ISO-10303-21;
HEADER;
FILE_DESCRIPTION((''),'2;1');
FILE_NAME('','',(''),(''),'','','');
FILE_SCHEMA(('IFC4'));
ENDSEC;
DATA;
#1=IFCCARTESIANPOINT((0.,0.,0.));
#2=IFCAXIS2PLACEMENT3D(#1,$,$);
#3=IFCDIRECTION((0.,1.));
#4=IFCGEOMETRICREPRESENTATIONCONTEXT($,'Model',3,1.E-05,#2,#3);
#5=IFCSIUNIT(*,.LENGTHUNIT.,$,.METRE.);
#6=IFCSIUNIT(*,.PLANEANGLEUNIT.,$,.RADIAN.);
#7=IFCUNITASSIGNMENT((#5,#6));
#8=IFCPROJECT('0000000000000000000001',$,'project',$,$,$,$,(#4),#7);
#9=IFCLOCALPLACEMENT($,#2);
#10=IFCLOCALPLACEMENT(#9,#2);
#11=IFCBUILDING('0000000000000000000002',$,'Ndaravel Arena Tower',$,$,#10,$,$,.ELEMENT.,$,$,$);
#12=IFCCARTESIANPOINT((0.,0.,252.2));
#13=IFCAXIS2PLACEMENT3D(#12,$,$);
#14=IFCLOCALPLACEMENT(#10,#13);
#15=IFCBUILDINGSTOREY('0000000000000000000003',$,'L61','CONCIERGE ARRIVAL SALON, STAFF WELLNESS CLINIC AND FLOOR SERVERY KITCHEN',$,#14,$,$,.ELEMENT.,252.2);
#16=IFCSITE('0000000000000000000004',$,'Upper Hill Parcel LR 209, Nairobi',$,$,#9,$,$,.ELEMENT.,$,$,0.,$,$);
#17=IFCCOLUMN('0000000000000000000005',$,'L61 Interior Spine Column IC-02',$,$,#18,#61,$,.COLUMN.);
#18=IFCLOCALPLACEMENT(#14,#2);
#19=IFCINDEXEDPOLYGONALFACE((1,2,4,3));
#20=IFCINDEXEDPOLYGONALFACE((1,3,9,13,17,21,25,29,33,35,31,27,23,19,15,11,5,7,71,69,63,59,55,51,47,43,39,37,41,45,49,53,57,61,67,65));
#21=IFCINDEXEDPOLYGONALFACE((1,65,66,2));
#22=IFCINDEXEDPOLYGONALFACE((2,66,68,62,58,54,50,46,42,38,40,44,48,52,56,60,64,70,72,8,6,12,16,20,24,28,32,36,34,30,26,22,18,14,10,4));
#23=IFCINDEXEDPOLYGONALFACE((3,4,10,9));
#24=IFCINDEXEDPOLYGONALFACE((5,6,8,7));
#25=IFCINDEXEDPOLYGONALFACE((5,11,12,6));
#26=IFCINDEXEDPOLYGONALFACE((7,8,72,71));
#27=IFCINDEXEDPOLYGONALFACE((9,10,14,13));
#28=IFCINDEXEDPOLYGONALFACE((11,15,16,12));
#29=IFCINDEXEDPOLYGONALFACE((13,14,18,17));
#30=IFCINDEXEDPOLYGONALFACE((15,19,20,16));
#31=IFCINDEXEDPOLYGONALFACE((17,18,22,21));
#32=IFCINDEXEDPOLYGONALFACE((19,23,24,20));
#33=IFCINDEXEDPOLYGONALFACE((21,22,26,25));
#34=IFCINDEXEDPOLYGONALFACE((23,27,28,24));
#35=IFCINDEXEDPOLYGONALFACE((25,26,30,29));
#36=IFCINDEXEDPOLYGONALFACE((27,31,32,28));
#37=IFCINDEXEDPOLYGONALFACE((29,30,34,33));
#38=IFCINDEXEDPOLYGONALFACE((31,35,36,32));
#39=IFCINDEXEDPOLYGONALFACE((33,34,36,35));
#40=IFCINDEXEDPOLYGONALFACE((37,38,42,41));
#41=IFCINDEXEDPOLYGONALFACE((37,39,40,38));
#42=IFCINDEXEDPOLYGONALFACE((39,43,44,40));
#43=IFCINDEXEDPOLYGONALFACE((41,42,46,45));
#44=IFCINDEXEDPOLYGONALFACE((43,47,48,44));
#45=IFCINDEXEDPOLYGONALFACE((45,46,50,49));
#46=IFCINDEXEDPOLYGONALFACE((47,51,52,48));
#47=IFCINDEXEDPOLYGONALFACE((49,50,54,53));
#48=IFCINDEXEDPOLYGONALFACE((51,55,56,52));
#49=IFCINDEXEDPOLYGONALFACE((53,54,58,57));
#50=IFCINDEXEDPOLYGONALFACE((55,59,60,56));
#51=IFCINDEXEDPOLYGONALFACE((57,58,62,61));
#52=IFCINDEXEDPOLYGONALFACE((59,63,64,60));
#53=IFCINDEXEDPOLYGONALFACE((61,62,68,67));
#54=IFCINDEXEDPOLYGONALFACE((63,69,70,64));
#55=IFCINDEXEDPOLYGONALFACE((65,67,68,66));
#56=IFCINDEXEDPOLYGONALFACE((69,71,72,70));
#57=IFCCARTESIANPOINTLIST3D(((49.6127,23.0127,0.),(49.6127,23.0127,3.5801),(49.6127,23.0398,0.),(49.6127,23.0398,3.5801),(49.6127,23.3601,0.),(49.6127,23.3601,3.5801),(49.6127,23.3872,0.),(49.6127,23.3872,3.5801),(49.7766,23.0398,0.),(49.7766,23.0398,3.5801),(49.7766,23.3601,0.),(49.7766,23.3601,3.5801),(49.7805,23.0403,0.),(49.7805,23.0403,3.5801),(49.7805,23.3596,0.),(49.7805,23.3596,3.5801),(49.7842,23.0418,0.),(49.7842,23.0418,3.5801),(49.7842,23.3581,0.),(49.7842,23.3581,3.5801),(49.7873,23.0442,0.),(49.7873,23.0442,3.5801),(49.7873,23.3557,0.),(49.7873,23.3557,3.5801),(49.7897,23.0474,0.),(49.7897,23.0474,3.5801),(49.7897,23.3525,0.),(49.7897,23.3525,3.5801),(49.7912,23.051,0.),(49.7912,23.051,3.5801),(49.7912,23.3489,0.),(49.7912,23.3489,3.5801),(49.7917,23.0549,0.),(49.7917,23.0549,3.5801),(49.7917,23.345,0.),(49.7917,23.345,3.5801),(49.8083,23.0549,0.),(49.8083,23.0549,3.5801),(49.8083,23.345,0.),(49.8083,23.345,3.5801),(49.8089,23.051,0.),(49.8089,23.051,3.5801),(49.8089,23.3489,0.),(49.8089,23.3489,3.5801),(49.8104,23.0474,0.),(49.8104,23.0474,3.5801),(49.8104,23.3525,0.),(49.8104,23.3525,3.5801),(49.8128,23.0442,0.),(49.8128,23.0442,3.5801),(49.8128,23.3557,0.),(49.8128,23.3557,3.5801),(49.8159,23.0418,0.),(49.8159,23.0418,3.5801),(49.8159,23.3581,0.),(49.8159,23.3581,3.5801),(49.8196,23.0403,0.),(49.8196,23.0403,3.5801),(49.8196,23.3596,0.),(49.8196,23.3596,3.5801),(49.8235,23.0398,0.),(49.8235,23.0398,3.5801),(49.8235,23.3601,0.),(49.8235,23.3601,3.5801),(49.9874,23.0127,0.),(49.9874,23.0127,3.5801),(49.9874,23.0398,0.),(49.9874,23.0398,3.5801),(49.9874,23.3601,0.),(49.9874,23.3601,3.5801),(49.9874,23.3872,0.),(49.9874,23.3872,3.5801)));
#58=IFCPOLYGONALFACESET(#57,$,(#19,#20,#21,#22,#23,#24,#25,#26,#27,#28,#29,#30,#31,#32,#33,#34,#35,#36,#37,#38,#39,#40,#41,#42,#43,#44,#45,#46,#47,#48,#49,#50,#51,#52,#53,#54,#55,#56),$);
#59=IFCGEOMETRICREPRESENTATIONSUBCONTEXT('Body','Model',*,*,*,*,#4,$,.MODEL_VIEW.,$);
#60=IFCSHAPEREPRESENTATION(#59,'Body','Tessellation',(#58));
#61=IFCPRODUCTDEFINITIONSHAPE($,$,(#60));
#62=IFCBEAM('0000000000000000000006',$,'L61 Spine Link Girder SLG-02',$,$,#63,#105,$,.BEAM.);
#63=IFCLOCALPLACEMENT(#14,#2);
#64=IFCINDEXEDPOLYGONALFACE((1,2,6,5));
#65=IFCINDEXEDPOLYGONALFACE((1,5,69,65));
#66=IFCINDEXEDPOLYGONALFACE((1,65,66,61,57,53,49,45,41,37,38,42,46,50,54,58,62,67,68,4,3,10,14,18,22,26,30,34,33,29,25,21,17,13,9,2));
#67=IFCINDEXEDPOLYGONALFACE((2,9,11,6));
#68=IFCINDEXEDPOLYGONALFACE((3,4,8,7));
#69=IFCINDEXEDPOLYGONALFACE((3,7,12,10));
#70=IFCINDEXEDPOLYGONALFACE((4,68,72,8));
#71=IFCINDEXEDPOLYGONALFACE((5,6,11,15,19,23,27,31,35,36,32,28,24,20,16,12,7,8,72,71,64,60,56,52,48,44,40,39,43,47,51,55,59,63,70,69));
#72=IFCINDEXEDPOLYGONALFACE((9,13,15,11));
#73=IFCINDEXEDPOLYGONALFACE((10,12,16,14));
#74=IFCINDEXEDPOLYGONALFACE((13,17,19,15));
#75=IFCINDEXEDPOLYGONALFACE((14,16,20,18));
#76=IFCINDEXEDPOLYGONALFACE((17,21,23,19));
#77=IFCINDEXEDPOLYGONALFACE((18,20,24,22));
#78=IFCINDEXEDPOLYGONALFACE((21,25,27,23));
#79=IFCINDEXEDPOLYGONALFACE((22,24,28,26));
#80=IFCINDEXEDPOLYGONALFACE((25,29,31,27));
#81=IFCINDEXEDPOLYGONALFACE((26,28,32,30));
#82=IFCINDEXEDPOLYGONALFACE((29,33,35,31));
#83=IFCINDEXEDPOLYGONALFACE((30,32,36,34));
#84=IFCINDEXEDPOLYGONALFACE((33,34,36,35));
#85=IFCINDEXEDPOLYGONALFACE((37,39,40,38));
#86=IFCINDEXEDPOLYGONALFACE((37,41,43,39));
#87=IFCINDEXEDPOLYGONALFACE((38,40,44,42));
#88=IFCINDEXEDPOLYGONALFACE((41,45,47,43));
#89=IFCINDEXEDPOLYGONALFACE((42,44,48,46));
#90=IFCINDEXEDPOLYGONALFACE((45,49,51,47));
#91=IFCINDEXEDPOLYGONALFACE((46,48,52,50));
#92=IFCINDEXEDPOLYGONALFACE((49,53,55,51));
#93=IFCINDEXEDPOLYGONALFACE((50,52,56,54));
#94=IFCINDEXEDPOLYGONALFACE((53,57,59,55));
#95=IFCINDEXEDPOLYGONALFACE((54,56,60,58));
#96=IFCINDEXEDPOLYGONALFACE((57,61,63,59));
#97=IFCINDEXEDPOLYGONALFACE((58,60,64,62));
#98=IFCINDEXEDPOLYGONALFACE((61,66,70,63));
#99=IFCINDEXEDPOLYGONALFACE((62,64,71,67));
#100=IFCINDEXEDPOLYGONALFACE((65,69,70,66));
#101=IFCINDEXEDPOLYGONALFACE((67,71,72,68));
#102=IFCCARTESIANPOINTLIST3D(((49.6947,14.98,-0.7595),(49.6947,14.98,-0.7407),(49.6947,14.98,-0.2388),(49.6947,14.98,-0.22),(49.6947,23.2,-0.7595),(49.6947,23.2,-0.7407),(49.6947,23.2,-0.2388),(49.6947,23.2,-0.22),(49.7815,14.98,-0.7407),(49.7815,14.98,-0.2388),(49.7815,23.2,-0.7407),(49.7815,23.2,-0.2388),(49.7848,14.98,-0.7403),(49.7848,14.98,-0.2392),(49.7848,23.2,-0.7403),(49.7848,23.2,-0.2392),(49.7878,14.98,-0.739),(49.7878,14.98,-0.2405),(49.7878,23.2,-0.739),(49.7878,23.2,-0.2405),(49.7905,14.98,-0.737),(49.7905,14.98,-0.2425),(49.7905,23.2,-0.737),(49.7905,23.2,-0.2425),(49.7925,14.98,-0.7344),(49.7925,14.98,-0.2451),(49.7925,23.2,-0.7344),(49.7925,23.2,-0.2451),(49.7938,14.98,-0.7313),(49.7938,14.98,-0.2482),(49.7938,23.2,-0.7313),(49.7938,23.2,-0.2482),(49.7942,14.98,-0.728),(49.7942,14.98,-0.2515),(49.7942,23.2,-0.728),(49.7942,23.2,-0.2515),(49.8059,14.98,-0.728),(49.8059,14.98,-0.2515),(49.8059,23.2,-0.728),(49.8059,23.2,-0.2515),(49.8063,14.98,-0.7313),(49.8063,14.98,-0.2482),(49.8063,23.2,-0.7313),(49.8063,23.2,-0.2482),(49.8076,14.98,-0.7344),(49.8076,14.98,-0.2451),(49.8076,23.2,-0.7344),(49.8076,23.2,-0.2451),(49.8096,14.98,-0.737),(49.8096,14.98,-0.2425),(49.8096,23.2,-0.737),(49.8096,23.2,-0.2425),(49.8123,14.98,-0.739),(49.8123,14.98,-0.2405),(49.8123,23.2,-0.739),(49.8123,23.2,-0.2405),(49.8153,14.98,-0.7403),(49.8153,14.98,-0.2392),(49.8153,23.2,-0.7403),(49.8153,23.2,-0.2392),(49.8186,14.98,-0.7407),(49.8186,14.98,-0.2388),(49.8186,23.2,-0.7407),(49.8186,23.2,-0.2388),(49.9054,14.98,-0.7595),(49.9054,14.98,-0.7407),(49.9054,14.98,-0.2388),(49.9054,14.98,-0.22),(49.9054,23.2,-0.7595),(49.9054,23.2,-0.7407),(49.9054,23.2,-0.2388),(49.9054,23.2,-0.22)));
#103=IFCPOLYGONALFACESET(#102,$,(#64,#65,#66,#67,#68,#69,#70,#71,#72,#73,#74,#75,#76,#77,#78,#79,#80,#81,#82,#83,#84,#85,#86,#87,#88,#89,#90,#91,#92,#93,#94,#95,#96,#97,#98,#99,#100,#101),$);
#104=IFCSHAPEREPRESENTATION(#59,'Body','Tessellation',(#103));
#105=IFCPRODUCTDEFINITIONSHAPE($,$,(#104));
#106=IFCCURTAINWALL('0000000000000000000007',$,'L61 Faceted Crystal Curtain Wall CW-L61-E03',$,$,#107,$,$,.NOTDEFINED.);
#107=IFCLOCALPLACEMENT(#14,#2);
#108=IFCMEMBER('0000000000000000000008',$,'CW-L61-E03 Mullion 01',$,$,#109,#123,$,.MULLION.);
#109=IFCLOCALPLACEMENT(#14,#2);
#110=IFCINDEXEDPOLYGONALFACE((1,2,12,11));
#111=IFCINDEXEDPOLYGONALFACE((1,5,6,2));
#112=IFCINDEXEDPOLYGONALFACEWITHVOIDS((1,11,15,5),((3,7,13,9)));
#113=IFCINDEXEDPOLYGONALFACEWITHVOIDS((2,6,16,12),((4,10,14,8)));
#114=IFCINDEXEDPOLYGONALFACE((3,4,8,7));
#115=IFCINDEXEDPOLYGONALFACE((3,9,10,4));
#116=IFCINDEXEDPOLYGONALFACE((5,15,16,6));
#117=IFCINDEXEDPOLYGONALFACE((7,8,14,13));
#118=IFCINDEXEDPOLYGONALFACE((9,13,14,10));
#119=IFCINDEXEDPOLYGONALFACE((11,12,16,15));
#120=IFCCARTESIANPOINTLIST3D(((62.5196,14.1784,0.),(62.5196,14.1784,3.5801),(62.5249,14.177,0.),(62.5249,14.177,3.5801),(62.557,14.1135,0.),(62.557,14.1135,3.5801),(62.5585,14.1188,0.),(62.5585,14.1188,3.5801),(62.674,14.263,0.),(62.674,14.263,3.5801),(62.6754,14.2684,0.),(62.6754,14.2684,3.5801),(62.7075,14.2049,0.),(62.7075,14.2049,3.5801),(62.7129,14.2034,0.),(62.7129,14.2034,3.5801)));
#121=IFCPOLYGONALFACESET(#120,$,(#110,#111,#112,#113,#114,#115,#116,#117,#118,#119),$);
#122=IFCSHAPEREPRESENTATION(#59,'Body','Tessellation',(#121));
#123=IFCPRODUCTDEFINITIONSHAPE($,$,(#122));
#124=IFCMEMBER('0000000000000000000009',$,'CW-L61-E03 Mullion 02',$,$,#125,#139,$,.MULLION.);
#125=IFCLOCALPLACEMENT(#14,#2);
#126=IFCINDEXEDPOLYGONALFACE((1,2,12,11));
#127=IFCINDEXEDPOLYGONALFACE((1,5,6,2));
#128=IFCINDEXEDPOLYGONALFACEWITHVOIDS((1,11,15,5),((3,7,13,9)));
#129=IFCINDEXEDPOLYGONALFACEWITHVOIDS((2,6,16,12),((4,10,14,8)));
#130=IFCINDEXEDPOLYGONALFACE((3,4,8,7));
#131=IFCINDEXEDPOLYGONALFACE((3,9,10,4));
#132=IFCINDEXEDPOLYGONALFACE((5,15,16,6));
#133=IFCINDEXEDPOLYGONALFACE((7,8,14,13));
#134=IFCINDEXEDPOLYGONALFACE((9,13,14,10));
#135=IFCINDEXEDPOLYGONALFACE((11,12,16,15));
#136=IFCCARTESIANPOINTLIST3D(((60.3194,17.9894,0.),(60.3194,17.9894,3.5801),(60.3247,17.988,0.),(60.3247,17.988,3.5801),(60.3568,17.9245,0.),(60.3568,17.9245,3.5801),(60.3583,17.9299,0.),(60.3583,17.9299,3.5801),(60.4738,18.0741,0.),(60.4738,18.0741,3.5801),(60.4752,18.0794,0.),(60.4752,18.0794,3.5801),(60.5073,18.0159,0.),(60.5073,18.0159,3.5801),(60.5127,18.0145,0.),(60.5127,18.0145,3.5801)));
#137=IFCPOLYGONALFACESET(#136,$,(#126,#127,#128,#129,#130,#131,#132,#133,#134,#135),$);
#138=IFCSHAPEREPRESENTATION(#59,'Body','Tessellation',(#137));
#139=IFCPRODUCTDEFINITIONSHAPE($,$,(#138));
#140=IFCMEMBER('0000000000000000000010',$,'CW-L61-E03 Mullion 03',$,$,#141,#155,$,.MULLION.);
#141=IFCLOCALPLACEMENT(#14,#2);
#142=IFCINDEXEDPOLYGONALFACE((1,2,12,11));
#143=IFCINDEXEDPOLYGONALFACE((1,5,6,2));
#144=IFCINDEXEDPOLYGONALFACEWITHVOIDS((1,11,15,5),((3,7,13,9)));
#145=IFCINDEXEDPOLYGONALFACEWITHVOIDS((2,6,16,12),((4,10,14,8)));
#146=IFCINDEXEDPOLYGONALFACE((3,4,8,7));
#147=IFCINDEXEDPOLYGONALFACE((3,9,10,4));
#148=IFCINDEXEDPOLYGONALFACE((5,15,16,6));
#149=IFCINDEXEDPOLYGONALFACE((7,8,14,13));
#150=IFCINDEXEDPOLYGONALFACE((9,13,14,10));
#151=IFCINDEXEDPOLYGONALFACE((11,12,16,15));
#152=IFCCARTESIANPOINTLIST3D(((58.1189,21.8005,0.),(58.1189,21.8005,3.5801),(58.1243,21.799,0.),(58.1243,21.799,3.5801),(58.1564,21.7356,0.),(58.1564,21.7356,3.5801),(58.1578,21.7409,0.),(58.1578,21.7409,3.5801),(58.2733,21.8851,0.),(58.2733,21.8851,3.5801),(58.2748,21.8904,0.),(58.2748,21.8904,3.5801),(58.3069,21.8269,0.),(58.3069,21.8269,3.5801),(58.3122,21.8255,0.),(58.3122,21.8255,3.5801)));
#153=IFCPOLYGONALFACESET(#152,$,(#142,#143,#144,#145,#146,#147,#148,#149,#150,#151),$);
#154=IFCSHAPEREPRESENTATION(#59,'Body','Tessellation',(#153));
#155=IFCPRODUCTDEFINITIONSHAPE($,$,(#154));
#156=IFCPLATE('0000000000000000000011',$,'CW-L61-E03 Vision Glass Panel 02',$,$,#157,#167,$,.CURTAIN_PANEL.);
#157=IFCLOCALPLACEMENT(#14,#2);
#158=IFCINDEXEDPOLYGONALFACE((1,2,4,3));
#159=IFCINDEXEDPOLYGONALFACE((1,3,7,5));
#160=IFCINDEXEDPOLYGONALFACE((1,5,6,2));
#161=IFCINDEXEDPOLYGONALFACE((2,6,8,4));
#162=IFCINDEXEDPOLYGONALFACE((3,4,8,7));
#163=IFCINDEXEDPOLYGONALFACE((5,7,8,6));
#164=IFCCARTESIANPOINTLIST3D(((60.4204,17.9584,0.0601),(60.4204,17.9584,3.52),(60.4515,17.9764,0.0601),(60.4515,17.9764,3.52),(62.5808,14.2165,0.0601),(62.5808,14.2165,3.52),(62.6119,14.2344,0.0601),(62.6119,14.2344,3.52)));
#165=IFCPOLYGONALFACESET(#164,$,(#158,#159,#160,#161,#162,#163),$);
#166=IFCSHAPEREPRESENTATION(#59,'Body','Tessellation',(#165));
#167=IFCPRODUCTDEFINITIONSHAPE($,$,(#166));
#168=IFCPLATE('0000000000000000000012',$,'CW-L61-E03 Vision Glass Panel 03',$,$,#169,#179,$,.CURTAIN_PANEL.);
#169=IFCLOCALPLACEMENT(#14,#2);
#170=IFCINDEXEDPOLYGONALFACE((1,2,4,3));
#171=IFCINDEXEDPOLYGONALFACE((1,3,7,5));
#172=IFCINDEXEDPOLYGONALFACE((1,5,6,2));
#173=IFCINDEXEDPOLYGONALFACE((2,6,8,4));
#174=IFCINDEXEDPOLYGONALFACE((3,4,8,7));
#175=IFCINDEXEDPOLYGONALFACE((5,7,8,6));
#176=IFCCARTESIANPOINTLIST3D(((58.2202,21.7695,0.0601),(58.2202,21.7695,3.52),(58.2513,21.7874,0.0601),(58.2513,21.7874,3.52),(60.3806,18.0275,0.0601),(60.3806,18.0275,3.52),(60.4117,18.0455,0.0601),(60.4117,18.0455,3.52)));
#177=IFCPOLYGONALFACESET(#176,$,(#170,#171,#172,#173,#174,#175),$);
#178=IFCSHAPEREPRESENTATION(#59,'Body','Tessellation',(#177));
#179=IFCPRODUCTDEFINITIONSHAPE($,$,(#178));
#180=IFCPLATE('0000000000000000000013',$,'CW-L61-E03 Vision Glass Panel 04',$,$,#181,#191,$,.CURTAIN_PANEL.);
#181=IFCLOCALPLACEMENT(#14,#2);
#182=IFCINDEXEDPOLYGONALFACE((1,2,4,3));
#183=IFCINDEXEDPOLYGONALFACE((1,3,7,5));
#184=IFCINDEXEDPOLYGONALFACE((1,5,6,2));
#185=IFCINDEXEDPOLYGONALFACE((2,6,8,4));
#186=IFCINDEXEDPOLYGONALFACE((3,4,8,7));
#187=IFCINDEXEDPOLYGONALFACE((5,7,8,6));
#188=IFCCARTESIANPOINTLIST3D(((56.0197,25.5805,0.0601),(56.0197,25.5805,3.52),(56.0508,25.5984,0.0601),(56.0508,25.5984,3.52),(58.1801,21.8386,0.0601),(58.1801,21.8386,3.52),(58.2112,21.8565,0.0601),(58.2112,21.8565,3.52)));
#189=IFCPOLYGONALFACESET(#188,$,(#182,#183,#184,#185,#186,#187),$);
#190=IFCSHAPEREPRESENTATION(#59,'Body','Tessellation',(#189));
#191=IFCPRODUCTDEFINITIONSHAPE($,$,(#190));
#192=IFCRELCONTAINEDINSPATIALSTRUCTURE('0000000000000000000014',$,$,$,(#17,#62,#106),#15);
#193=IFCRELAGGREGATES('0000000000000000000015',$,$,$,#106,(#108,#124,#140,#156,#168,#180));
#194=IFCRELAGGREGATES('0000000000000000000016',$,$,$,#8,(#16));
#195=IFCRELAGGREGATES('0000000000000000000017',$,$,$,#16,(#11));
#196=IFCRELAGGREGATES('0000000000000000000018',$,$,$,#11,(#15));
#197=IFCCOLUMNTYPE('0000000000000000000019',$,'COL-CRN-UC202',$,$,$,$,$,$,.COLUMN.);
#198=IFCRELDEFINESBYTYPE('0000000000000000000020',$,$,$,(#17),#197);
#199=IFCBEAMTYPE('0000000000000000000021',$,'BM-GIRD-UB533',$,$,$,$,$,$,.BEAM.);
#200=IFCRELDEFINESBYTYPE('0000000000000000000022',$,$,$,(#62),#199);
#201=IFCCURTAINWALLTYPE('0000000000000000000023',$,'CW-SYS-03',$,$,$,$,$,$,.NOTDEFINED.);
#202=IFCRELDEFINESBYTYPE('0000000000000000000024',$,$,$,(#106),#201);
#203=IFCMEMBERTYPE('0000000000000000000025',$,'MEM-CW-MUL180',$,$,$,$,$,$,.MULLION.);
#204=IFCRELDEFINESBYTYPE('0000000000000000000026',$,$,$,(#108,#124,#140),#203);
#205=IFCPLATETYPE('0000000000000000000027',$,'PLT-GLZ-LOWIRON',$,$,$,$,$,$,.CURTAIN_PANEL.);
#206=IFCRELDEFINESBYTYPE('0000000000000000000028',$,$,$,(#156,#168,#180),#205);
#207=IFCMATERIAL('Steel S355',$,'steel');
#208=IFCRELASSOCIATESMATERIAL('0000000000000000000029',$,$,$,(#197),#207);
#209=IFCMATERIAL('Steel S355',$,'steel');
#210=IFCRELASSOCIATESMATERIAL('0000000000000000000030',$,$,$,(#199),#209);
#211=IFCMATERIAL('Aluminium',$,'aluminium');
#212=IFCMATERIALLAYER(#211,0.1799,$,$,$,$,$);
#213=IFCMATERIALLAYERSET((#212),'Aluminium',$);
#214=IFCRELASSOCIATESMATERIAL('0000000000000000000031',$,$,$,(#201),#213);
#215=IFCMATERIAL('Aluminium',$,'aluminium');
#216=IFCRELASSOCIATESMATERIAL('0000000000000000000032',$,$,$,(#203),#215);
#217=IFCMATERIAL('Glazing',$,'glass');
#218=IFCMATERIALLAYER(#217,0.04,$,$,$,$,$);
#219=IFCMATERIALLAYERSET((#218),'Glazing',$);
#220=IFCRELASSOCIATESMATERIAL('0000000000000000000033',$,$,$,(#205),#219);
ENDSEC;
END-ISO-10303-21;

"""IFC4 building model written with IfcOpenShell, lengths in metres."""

from ifc_helpers import new_model, si_unit, direction, frame, origin, origin_2d, place, context, subcontext, project, spatial, rectangle, hollow_rectangle, i_section, extrude, material, layer, layer_set, material_profile, profile_set, type_object, element, aggregate, save


model = new_model("IFC4")

# Units and contexts
model_context = context("Model", 3, precision=1e-05, world=origin(), true_north=direction((0.0, 1.0)))
body_context = subcontext(model_context, "Body", "Model", "MODEL_VIEW")
ifc_project = project(units=[si_unit("LENGTHUNIT", "METRE"), si_unit("PLANEANGLEUNIT", "RADIAN")], contexts=[model_context])

# Site, building, storey
site_placement = place(None, origin())
site = spatial("IfcSite", under=ifc_project, at=site_placement, Name="Upper Hill Parcel LR 209, Nairobi", CompositionType="ELEMENT", RefElevation=0.0)
building_placement = place(site_placement, origin())
building = spatial("IfcBuilding", under=site, at=building_placement, Name="Ndaravel Arena Tower", CompositionType="ELEMENT")
storey_placement = place(building_placement, frame((0.0, 0.0, 252.2)))
storey = spatial("IfcBuildingStorey", under=building, at=storey_placement, Name="L61", Description="CONCIERGE ARRIVAL SALON, STAFF WELLNESS CLINIC AND FLOOR SERVERY KITCHEN", CompositionType="ELEMENT", Elevation=252.2)

# Column
ifc_material_1 = material(Name="Steel S355", Category="steel")
ifc_material_profile_1 = material_profile(ifc_material_1, i_section(OverallWidth=0.3748, OverallDepth=0.3745, WebThickness=0.0166, FlangeThickness=0.0271, FilletRadius=0.0151, at=origin_2d()), Name="UC 356x368x202")
ifc_profile_set_1 = profile_set([ifc_material_profile_1], Name="Steel S355")
column_type = type_object("IfcColumnType", Name="COL-CRN-UC202", PredefinedType="COLUMN", material=ifc_profile_set_1)
column_placement = place(storey_placement, frame((49.8, 23.2, 0.0), z_axis=(0.0, 0.0, 1.0), x_axis=(1.0, 0.0, 0.0)))
element("IfcColumn", 1, at=column_placement, inside=storey, type_object=column_type, Name="L61 Interior Spine Column IC-02", PredefinedType="COLUMN", context=body_context, shape_type="SweptSolid", body=[
    extrude(i_section(OverallWidth=0.3748, OverallDepth=0.3745, WebThickness=0.0166, FlangeThickness=0.0271, FilletRadius=0.0151, at=origin_2d()), origin(), (0.0, 0.0, 1.0), 3.5801),
])

# Beam
ifc_material_2 = material(Name="Steel S355", Category="steel")
ifc_material_profile_2 = material_profile(ifc_material_2, i_section(OverallWidth=0.2107, OverallDepth=0.5396, WebThickness=0.0117, FlangeThickness=0.0188, FilletRadius=0.0127, at=origin_2d()), Name="UB 533x210x109")
ifc_profile_set_2 = profile_set([ifc_material_profile_2], Name="Steel S355")
beam_type = type_object("IfcBeamType", Name="BM-GIRD-UB533", PredefinedType="BEAM", material=ifc_profile_set_2)
beam_placement = place(storey_placement, frame((49.8, 14.98, -0.4897), z_axis=(0.0, 1.0, 0.0), x_axis=(-1.0, 0.0, 0.0)))
element("IfcBeam", 2, at=beam_placement, inside=storey, type_object=beam_type, Name="L61 Spine Link Girder SLG-02", PredefinedType="BEAM", context=body_context, shape_type="SweptSolid", body=[
    extrude(i_section(OverallWidth=0.2107, OverallDepth=0.5396, WebThickness=0.0117, FlangeThickness=0.0188, FilletRadius=0.0127, at=origin_2d()), origin(), (0.0, 0.0, 1.0), 8.22),
])

# Curtain wall, members, plates
ifc_material_3 = material(Name="Aluminium", Category="aluminium")
ifc_layer_1 = layer(ifc_material_3, 0.1799)
ifc_layer_set_1 = layer_set([ifc_layer_1], Name="Aluminium")
curtain_wall_type = type_object("IfcCurtainWallType", Name="CW-SYS-03", PredefinedType="NOTDEFINED", material=ifc_layer_set_1)
curtain_wall_placement = place(storey_placement, origin())
curtain_wall = element("IfcCurtainWall", 3, at=curtain_wall_placement, inside=storey, type_object=curtain_wall_type, Name="L61 Faceted Crystal Curtain Wall CW-L61-E03", PredefinedType="NOTDEFINED")
ifc_material_4 = material(Name="Aluminium", Category="aluminium")
ifc_material_profile_3 = material_profile(ifc_material_4, hollow_rectangle(XDim=0.075, YDim=0.1799, WallThickness=0.0039, at=origin_2d()), Name="CW MULLION 75x180x4")
ifc_profile_set_3 = profile_set([ifc_material_profile_3], Name="Aluminium")
member_type = type_object("IfcMemberType", Name="MEM-CW-MUL180", PredefinedType="MULLION", material=ifc_profile_set_3)
member_1_placement = place(storey_placement, frame((62.6162, 14.1909, 0.0), z_axis=(0.0, 0.0, 1.0), x_axis=(-0.5, 0.866025, 0.0)))
member_1 = element("IfcMember", 4, at=member_1_placement, type_object=member_type, Name="CW-L61-E03 Mullion 01", PredefinedType="MULLION", context=body_context, shape_type="SweptSolid", body=[
    extrude(hollow_rectangle(XDim=0.075, YDim=0.1799, WallThickness=0.0039, at=origin_2d()), origin(), (0.0, 0.0, 1.0), 3.5801),
])
member_2_placement = place(storey_placement, frame((60.416, 18.002, 0.0), z_axis=(0.0, 0.0, 1.0), x_axis=(-0.5, 0.866025, 0.0)))
member_2 = element("IfcMember", 5, at=member_2_placement, type_object=member_type, Name="CW-L61-E03 Mullion 02", PredefinedType="MULLION", context=body_context, shape_type="SweptSolid", body=[
    extrude(hollow_rectangle(XDim=0.075, YDim=0.1799, WallThickness=0.0039, at=origin_2d()), origin(), (0.0, 0.0, 1.0), 3.5801),
])
member_3_placement = place(storey_placement, frame((58.2156, 21.813, 0.0), z_axis=(0.0, 0.0, 1.0), x_axis=(-0.5, 0.866025, 0.0)))
member_3 = element("IfcMember", 6, at=member_3_placement, type_object=member_type, Name="CW-L61-E03 Mullion 03", PredefinedType="MULLION", context=body_context, shape_type="SweptSolid", body=[
    extrude(hollow_rectangle(XDim=0.075, YDim=0.1799, WallThickness=0.0039, at=origin_2d()), origin(), (0.0, 0.0, 1.0), 3.5801),
])
ifc_material_5 = material(Name="Glazing", Category="glass")
ifc_layer_2 = layer(ifc_material_5, 0.04)
ifc_layer_set_2 = layer_set([ifc_layer_2], Name="Glazing")
plate_type = type_object("IfcPlateType", Name="PLT-GLZ-LOWIRON", PredefinedType="CURTAIN_PANEL", material=ifc_layer_set_2)
plate_1_placement = place(storey_placement, frame((61.5161, 16.0964, 0.0601), z_axis=(0.0, 0.0, 1.0), x_axis=(-0.5, 0.866025, 0.0)))
plate_1 = element("IfcPlate", 7, at=plate_1_placement, type_object=plate_type, Name="CW-L61-E03 Vision Glass Panel 02", PredefinedType="CURTAIN_PANEL", context=body_context, shape_type="SweptSolid", body=[
    extrude(rectangle(XDim=4.3208, YDim=0.0359, at=origin_2d()), origin(), (0.0, 0.0, 1.0), 3.46),
])
plate_2_placement = place(storey_placement, frame((59.3159, 19.9075, 0.0601), z_axis=(0.0, 0.0, 1.0), x_axis=(-0.5, 0.866025, 0.0)))
plate_2 = element("IfcPlate", 8, at=plate_2_placement, type_object=plate_type, Name="CW-L61-E03 Vision Glass Panel 03", PredefinedType="CURTAIN_PANEL", context=body_context, shape_type="SweptSolid", body=[
    extrude(rectangle(XDim=4.3208, YDim=0.0359, at=origin_2d()), origin(), (0.0, 0.0, 1.0), 3.46),
])
plate_3_placement = place(storey_placement, frame((57.1155, 23.7185, 0.0601), z_axis=(0.0, 0.0, 1.0), x_axis=(-0.5, 0.866025, 0.0)))
plate_3 = element("IfcPlate", 9, at=plate_3_placement, type_object=plate_type, Name="CW-L61-E03 Vision Glass Panel 04", PredefinedType="CURTAIN_PANEL", context=body_context, shape_type="SweptSolid", body=[
    extrude(rectangle(XDim=4.3208, YDim=0.0359, at=origin_2d()), origin(), (0.0, 0.0, 1.0), 3.46),
])
aggregate(curtain_wall, [member_1, member_2, member_3, plate_1, plate_2, plate_3])

save(model, "model.ifc")
